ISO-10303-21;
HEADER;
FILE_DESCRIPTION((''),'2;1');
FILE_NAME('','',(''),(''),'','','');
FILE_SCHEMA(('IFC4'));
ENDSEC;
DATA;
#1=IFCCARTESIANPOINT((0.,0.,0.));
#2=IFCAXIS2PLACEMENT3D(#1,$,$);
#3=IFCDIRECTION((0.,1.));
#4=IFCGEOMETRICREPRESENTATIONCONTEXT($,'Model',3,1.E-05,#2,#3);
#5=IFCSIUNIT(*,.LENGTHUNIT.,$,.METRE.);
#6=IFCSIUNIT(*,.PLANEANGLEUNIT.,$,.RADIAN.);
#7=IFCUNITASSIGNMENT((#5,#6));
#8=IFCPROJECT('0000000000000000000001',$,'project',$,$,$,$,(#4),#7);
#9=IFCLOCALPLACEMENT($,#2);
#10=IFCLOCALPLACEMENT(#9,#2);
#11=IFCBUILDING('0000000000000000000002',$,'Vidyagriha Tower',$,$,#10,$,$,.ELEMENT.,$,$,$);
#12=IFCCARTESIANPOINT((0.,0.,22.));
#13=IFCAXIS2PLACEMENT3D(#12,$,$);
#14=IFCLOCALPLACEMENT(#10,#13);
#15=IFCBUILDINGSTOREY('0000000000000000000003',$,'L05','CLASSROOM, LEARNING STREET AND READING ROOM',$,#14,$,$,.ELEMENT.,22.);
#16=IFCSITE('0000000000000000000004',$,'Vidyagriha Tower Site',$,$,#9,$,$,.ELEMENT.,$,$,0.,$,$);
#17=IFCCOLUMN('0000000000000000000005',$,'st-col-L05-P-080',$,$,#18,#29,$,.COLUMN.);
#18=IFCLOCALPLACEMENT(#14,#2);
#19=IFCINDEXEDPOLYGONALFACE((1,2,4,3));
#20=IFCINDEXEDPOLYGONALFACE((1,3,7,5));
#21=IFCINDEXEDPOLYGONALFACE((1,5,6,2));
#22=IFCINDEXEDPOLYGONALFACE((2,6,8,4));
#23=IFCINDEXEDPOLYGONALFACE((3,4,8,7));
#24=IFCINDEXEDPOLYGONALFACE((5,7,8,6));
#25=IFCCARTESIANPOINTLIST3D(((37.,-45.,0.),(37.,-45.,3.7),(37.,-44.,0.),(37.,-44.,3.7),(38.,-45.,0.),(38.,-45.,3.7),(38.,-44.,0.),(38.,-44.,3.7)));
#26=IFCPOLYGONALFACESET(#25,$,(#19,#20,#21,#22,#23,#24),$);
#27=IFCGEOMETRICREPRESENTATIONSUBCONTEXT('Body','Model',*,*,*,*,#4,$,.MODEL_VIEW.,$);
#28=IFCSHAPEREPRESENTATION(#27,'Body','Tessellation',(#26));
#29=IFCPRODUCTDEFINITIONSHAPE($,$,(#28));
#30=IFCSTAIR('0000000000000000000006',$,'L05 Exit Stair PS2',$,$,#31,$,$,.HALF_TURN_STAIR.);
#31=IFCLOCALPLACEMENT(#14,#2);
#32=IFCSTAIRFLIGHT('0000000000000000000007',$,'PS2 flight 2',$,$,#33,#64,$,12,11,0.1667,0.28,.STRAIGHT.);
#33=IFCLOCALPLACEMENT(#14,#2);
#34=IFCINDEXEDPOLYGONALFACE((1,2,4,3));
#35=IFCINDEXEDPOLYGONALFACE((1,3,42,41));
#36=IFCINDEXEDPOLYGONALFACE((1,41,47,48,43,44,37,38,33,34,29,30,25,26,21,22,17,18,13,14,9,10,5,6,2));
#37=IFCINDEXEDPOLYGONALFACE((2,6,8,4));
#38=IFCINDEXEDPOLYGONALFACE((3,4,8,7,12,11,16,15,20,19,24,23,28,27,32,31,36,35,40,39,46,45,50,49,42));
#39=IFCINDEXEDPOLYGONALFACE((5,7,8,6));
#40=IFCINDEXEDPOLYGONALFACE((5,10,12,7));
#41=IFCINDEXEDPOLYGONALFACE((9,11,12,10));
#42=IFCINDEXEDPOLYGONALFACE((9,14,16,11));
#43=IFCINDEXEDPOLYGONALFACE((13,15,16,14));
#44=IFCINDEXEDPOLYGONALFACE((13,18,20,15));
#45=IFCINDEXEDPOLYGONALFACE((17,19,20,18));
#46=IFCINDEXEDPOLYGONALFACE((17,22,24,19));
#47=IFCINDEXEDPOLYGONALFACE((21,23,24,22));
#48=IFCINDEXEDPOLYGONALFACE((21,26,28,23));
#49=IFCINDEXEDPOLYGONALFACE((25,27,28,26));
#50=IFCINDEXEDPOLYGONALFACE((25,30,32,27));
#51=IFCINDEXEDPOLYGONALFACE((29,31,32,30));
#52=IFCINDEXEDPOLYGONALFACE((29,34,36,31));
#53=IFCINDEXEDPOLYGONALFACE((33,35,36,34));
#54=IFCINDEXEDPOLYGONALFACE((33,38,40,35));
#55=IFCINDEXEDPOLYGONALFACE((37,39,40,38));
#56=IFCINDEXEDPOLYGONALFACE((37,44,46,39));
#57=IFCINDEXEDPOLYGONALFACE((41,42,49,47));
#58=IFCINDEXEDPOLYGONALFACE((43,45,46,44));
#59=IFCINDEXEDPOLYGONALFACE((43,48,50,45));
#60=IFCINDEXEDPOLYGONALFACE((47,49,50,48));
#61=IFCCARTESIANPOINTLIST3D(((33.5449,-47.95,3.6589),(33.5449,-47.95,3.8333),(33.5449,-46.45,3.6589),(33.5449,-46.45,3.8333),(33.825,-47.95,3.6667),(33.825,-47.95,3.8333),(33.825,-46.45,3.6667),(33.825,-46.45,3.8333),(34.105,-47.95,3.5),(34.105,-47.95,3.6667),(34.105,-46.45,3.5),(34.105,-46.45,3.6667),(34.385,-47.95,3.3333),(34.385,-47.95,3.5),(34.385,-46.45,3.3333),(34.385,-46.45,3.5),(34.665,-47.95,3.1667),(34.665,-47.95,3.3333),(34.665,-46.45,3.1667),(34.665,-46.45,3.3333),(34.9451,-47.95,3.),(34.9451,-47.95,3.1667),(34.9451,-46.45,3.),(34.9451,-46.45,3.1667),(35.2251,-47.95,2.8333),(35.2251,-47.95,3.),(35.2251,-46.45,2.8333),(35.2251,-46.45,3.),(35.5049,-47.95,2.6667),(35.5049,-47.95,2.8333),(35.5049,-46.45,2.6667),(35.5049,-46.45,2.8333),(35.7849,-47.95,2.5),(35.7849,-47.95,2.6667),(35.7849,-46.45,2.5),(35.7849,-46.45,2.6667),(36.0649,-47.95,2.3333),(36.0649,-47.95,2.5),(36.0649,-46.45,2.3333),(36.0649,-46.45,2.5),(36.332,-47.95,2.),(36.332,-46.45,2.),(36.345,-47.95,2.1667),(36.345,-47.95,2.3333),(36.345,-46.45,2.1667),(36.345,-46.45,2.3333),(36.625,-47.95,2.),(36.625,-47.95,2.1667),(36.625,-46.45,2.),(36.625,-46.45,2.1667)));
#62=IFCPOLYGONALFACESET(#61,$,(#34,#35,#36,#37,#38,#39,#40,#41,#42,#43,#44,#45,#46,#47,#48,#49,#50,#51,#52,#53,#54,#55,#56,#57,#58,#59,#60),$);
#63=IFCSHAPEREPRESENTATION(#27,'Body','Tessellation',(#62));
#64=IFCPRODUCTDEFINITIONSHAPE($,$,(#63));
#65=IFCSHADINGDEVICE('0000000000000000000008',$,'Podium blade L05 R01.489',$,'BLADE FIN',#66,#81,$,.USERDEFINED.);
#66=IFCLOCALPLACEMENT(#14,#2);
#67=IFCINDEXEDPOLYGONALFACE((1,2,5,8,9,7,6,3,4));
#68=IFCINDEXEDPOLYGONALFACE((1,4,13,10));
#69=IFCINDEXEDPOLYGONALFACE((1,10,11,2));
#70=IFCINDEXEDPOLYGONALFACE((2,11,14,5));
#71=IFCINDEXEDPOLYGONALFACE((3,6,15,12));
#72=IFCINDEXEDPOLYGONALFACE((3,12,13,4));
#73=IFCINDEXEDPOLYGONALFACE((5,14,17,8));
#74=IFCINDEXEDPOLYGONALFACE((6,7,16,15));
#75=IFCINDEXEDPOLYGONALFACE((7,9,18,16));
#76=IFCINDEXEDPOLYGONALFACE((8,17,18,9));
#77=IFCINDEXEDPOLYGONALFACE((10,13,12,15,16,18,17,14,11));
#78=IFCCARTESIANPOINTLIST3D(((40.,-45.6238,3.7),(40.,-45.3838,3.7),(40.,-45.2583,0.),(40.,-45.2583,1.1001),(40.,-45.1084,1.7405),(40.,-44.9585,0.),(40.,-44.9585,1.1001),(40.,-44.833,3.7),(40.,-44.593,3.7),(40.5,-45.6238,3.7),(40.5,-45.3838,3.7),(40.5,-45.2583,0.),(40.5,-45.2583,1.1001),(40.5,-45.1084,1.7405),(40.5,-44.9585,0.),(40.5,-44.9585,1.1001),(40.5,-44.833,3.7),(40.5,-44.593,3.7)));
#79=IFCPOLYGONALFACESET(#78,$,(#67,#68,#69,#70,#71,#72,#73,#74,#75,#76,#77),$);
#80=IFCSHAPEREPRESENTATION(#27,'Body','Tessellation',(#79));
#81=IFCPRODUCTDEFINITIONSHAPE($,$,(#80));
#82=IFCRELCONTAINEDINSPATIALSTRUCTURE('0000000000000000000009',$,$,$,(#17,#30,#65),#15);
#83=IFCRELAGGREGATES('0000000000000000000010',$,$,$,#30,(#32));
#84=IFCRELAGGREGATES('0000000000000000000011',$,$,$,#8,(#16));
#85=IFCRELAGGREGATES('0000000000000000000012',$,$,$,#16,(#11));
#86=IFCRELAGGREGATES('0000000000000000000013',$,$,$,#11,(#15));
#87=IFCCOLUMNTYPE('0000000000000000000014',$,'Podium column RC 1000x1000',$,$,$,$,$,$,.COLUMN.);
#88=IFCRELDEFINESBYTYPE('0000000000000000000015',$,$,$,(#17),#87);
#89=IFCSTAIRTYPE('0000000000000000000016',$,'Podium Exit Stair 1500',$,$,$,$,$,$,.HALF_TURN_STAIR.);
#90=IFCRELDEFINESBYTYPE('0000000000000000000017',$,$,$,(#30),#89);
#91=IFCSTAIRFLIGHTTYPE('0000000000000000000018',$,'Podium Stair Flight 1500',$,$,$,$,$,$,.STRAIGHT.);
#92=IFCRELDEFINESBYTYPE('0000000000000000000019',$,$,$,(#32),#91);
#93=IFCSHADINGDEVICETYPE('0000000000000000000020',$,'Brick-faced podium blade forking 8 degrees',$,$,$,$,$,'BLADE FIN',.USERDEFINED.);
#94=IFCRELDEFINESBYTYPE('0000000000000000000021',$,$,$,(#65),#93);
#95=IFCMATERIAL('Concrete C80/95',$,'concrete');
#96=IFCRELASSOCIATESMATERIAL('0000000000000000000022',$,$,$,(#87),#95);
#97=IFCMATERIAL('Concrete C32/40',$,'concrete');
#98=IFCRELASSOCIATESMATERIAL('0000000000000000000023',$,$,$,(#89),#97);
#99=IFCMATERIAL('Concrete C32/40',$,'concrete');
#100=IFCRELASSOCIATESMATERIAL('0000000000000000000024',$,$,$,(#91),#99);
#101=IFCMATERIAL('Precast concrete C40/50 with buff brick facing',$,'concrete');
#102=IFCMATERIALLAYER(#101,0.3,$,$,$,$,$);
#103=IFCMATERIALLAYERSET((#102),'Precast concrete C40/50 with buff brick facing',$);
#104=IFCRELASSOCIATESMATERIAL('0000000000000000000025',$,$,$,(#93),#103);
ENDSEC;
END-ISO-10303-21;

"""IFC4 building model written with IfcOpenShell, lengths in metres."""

from ifc_helpers import new_model, si_unit, direction, frame, origin, origin_2d, place, context, subcontext, project, spatial, polyline, rectangle, outline, extrude, material, layer, layer_set, material_profile, profile_set, type_object, element, aggregate, save


model = new_model("IFC4")

# Units and contexts
model_context = context("Model", 3, precision=1e-05, world=origin(), true_north=direction((0.0, 1.0)))
body_context = subcontext(model_context, "Body", "Model", "MODEL_VIEW")
ifc_project = project(units=[si_unit("LENGTHUNIT", "METRE"), si_unit("PLANEANGLEUNIT", "RADIAN")], contexts=[model_context])

# Site, building, storey
site_placement = place(None, origin())
site = spatial("IfcSite", under=ifc_project, at=site_placement, Name="Vidyagriha Tower Site", CompositionType="ELEMENT", RefElevation=0.0)
building_placement = place(site_placement, origin())
building = spatial("IfcBuilding", under=site, at=building_placement, Name="Vidyagriha Tower", CompositionType="ELEMENT")
storey_placement = place(building_placement, frame((0.0, 0.0, 22.0)))
storey = spatial("IfcBuildingStorey", under=building, at=storey_placement, Name="L05", Description="CLASSROOM, LEARNING STREET AND READING ROOM", CompositionType="ELEMENT", Elevation=22.0)

# Column
ifc_material_1 = material(Name="Concrete C80/95", Category="concrete")
ifc_material_profile = material_profile(ifc_material_1, rectangle(XDim=1.0, YDim=1.0, at=origin_2d()), Name="RC 1000x1000")
ifc_profile_set = profile_set([ifc_material_profile], Name="Concrete C80/95")
column_type = type_object("IfcColumnType", Name="Podium column RC 1000x1000", PredefinedType="COLUMN", material=ifc_profile_set)
column_placement = place(storey_placement, frame((37.5, -44.5, 0.0)))
element("IfcColumn", 1, at=column_placement, inside=storey, type_object=column_type, Name="st-col-L05-P-080", PredefinedType="COLUMN", context=body_context, shape_type="SweptSolid", body=[
    extrude(rectangle(XDim=1.0, YDim=1.0, at=origin_2d()), origin(), (0.0, 0.0, 1.0), 3.7),
])

# Stair, stair flight
ifc_material_2 = material(Name="Concrete C32/40", Category="concrete")
stair_type = type_object("IfcStairType", Name="Podium Exit Stair 1500", PredefinedType="HALF_TURN_STAIR", material=ifc_material_2)
stair_placement = place(storey_placement, origin())
stair = element("IfcStair", 2, at=stair_placement, inside=storey, type_object=stair_type, Name="L05 Exit Stair PS2", PredefinedType="HALF_TURN_STAIR")
ifc_material_3 = material(Name="Concrete C32/40", Category="concrete")
stair_flight_type = type_object("IfcStairFlightType", Name="Podium Stair Flight 1500", PredefinedType="STRAIGHT", material=ifc_material_3)
stair_flight_placement = place(storey_placement, frame((36.625, -47.2, 2.0), z_axis=(0.0, 0.0, 1.0), x_axis=(-1.0, 0.0, 0.0)))
stair_flight = element("IfcStairFlight", 3, at=stair_flight_placement, type_object=stair_flight_type, Name="PS2 flight 2", NumberOfRisers=12, NumberOfTreads=11, PredefinedType="STRAIGHT", RiserHeight=0.1667, TreadLength=0.28, context=body_context, shape_type="SweptSolid", body=[
    extrude(outline(polyline([(0.0, 0.0), (0.0, 0.1667), (0.28, 0.1667), (0.28, 0.3333), (0.5601, 0.3333), (0.5601, 0.5), (0.8401, 0.5), (0.8401, 0.6667), (1.1201, 0.6667), (1.1201, 0.8333), (1.3999, 0.8333), (1.3999, 1.0), (1.6799, 1.0), (1.6799, 1.1667), (1.96, 1.1667), (1.96, 1.3333), (2.24, 1.3333), (2.24, 1.5), (2.52, 1.5), (2.52, 1.6667), (2.8, 1.6667), (2.8, 1.8333), (3.0801, 1.8333), (3.0801, 2.0), (3.0801, 1.6589), (0.293, 0.0), (0.0, 0.0)])), frame((0.0, 0.75, 0.0), z_axis=(0.0, -1.0, 0.0), x_axis=(1.0, 0.0, 0.0)), (0.0, 0.0, 1.0), 1.5),
])
aggregate(stair, [stair_flight])

# Shading device
ifc_material_4 = material(Name="Precast concrete C40/50 with buff brick facing", Category="concrete")
ifc_layer = layer(ifc_material_4, 0.3)
ifc_layer_set = layer_set([ifc_layer], Name="Precast concrete C40/50 with buff brick facing")
shading_device_type = type_object("IfcShadingDeviceType", Name="Brick-faced podium blade forking 8 degrees", ElementType="BLADE FIN", PredefinedType="USERDEFINED", material=ifc_layer_set)
shading_device_placement = place(storey_placement, frame((40.25, -45.6238, 0.0), z_axis=(0.0, 0.0, 1.0), x_axis=(0.0, 1.0, 0.0)))
element("IfcShadingDevice", 4, at=shading_device_placement, inside=storey, type_object=shading_device_type, Name="Podium blade L05 R01.489", ObjectType="BLADE FIN", PredefinedType="USERDEFINED", context=body_context, shape_type="SweptSolid", body=[
    extrude(outline(polyline([(0.6653, 0.0), (0.6653, 1.1001), (1.0308, 3.7), (0.7908, 3.7), (0.5154, 1.7405), (0.24, 3.7), (0.0, 3.7), (0.3655, 1.1001), (0.3655, 0.0), (0.6653, 0.0)])), frame((0.0, 0.25, 0.0), z_axis=(0.0, -1.0, 0.0), x_axis=(1.0, 0.0, 0.0)), (0.0, 0.0, 1.0), 0.5),
])

save(model, "model.ifc")
